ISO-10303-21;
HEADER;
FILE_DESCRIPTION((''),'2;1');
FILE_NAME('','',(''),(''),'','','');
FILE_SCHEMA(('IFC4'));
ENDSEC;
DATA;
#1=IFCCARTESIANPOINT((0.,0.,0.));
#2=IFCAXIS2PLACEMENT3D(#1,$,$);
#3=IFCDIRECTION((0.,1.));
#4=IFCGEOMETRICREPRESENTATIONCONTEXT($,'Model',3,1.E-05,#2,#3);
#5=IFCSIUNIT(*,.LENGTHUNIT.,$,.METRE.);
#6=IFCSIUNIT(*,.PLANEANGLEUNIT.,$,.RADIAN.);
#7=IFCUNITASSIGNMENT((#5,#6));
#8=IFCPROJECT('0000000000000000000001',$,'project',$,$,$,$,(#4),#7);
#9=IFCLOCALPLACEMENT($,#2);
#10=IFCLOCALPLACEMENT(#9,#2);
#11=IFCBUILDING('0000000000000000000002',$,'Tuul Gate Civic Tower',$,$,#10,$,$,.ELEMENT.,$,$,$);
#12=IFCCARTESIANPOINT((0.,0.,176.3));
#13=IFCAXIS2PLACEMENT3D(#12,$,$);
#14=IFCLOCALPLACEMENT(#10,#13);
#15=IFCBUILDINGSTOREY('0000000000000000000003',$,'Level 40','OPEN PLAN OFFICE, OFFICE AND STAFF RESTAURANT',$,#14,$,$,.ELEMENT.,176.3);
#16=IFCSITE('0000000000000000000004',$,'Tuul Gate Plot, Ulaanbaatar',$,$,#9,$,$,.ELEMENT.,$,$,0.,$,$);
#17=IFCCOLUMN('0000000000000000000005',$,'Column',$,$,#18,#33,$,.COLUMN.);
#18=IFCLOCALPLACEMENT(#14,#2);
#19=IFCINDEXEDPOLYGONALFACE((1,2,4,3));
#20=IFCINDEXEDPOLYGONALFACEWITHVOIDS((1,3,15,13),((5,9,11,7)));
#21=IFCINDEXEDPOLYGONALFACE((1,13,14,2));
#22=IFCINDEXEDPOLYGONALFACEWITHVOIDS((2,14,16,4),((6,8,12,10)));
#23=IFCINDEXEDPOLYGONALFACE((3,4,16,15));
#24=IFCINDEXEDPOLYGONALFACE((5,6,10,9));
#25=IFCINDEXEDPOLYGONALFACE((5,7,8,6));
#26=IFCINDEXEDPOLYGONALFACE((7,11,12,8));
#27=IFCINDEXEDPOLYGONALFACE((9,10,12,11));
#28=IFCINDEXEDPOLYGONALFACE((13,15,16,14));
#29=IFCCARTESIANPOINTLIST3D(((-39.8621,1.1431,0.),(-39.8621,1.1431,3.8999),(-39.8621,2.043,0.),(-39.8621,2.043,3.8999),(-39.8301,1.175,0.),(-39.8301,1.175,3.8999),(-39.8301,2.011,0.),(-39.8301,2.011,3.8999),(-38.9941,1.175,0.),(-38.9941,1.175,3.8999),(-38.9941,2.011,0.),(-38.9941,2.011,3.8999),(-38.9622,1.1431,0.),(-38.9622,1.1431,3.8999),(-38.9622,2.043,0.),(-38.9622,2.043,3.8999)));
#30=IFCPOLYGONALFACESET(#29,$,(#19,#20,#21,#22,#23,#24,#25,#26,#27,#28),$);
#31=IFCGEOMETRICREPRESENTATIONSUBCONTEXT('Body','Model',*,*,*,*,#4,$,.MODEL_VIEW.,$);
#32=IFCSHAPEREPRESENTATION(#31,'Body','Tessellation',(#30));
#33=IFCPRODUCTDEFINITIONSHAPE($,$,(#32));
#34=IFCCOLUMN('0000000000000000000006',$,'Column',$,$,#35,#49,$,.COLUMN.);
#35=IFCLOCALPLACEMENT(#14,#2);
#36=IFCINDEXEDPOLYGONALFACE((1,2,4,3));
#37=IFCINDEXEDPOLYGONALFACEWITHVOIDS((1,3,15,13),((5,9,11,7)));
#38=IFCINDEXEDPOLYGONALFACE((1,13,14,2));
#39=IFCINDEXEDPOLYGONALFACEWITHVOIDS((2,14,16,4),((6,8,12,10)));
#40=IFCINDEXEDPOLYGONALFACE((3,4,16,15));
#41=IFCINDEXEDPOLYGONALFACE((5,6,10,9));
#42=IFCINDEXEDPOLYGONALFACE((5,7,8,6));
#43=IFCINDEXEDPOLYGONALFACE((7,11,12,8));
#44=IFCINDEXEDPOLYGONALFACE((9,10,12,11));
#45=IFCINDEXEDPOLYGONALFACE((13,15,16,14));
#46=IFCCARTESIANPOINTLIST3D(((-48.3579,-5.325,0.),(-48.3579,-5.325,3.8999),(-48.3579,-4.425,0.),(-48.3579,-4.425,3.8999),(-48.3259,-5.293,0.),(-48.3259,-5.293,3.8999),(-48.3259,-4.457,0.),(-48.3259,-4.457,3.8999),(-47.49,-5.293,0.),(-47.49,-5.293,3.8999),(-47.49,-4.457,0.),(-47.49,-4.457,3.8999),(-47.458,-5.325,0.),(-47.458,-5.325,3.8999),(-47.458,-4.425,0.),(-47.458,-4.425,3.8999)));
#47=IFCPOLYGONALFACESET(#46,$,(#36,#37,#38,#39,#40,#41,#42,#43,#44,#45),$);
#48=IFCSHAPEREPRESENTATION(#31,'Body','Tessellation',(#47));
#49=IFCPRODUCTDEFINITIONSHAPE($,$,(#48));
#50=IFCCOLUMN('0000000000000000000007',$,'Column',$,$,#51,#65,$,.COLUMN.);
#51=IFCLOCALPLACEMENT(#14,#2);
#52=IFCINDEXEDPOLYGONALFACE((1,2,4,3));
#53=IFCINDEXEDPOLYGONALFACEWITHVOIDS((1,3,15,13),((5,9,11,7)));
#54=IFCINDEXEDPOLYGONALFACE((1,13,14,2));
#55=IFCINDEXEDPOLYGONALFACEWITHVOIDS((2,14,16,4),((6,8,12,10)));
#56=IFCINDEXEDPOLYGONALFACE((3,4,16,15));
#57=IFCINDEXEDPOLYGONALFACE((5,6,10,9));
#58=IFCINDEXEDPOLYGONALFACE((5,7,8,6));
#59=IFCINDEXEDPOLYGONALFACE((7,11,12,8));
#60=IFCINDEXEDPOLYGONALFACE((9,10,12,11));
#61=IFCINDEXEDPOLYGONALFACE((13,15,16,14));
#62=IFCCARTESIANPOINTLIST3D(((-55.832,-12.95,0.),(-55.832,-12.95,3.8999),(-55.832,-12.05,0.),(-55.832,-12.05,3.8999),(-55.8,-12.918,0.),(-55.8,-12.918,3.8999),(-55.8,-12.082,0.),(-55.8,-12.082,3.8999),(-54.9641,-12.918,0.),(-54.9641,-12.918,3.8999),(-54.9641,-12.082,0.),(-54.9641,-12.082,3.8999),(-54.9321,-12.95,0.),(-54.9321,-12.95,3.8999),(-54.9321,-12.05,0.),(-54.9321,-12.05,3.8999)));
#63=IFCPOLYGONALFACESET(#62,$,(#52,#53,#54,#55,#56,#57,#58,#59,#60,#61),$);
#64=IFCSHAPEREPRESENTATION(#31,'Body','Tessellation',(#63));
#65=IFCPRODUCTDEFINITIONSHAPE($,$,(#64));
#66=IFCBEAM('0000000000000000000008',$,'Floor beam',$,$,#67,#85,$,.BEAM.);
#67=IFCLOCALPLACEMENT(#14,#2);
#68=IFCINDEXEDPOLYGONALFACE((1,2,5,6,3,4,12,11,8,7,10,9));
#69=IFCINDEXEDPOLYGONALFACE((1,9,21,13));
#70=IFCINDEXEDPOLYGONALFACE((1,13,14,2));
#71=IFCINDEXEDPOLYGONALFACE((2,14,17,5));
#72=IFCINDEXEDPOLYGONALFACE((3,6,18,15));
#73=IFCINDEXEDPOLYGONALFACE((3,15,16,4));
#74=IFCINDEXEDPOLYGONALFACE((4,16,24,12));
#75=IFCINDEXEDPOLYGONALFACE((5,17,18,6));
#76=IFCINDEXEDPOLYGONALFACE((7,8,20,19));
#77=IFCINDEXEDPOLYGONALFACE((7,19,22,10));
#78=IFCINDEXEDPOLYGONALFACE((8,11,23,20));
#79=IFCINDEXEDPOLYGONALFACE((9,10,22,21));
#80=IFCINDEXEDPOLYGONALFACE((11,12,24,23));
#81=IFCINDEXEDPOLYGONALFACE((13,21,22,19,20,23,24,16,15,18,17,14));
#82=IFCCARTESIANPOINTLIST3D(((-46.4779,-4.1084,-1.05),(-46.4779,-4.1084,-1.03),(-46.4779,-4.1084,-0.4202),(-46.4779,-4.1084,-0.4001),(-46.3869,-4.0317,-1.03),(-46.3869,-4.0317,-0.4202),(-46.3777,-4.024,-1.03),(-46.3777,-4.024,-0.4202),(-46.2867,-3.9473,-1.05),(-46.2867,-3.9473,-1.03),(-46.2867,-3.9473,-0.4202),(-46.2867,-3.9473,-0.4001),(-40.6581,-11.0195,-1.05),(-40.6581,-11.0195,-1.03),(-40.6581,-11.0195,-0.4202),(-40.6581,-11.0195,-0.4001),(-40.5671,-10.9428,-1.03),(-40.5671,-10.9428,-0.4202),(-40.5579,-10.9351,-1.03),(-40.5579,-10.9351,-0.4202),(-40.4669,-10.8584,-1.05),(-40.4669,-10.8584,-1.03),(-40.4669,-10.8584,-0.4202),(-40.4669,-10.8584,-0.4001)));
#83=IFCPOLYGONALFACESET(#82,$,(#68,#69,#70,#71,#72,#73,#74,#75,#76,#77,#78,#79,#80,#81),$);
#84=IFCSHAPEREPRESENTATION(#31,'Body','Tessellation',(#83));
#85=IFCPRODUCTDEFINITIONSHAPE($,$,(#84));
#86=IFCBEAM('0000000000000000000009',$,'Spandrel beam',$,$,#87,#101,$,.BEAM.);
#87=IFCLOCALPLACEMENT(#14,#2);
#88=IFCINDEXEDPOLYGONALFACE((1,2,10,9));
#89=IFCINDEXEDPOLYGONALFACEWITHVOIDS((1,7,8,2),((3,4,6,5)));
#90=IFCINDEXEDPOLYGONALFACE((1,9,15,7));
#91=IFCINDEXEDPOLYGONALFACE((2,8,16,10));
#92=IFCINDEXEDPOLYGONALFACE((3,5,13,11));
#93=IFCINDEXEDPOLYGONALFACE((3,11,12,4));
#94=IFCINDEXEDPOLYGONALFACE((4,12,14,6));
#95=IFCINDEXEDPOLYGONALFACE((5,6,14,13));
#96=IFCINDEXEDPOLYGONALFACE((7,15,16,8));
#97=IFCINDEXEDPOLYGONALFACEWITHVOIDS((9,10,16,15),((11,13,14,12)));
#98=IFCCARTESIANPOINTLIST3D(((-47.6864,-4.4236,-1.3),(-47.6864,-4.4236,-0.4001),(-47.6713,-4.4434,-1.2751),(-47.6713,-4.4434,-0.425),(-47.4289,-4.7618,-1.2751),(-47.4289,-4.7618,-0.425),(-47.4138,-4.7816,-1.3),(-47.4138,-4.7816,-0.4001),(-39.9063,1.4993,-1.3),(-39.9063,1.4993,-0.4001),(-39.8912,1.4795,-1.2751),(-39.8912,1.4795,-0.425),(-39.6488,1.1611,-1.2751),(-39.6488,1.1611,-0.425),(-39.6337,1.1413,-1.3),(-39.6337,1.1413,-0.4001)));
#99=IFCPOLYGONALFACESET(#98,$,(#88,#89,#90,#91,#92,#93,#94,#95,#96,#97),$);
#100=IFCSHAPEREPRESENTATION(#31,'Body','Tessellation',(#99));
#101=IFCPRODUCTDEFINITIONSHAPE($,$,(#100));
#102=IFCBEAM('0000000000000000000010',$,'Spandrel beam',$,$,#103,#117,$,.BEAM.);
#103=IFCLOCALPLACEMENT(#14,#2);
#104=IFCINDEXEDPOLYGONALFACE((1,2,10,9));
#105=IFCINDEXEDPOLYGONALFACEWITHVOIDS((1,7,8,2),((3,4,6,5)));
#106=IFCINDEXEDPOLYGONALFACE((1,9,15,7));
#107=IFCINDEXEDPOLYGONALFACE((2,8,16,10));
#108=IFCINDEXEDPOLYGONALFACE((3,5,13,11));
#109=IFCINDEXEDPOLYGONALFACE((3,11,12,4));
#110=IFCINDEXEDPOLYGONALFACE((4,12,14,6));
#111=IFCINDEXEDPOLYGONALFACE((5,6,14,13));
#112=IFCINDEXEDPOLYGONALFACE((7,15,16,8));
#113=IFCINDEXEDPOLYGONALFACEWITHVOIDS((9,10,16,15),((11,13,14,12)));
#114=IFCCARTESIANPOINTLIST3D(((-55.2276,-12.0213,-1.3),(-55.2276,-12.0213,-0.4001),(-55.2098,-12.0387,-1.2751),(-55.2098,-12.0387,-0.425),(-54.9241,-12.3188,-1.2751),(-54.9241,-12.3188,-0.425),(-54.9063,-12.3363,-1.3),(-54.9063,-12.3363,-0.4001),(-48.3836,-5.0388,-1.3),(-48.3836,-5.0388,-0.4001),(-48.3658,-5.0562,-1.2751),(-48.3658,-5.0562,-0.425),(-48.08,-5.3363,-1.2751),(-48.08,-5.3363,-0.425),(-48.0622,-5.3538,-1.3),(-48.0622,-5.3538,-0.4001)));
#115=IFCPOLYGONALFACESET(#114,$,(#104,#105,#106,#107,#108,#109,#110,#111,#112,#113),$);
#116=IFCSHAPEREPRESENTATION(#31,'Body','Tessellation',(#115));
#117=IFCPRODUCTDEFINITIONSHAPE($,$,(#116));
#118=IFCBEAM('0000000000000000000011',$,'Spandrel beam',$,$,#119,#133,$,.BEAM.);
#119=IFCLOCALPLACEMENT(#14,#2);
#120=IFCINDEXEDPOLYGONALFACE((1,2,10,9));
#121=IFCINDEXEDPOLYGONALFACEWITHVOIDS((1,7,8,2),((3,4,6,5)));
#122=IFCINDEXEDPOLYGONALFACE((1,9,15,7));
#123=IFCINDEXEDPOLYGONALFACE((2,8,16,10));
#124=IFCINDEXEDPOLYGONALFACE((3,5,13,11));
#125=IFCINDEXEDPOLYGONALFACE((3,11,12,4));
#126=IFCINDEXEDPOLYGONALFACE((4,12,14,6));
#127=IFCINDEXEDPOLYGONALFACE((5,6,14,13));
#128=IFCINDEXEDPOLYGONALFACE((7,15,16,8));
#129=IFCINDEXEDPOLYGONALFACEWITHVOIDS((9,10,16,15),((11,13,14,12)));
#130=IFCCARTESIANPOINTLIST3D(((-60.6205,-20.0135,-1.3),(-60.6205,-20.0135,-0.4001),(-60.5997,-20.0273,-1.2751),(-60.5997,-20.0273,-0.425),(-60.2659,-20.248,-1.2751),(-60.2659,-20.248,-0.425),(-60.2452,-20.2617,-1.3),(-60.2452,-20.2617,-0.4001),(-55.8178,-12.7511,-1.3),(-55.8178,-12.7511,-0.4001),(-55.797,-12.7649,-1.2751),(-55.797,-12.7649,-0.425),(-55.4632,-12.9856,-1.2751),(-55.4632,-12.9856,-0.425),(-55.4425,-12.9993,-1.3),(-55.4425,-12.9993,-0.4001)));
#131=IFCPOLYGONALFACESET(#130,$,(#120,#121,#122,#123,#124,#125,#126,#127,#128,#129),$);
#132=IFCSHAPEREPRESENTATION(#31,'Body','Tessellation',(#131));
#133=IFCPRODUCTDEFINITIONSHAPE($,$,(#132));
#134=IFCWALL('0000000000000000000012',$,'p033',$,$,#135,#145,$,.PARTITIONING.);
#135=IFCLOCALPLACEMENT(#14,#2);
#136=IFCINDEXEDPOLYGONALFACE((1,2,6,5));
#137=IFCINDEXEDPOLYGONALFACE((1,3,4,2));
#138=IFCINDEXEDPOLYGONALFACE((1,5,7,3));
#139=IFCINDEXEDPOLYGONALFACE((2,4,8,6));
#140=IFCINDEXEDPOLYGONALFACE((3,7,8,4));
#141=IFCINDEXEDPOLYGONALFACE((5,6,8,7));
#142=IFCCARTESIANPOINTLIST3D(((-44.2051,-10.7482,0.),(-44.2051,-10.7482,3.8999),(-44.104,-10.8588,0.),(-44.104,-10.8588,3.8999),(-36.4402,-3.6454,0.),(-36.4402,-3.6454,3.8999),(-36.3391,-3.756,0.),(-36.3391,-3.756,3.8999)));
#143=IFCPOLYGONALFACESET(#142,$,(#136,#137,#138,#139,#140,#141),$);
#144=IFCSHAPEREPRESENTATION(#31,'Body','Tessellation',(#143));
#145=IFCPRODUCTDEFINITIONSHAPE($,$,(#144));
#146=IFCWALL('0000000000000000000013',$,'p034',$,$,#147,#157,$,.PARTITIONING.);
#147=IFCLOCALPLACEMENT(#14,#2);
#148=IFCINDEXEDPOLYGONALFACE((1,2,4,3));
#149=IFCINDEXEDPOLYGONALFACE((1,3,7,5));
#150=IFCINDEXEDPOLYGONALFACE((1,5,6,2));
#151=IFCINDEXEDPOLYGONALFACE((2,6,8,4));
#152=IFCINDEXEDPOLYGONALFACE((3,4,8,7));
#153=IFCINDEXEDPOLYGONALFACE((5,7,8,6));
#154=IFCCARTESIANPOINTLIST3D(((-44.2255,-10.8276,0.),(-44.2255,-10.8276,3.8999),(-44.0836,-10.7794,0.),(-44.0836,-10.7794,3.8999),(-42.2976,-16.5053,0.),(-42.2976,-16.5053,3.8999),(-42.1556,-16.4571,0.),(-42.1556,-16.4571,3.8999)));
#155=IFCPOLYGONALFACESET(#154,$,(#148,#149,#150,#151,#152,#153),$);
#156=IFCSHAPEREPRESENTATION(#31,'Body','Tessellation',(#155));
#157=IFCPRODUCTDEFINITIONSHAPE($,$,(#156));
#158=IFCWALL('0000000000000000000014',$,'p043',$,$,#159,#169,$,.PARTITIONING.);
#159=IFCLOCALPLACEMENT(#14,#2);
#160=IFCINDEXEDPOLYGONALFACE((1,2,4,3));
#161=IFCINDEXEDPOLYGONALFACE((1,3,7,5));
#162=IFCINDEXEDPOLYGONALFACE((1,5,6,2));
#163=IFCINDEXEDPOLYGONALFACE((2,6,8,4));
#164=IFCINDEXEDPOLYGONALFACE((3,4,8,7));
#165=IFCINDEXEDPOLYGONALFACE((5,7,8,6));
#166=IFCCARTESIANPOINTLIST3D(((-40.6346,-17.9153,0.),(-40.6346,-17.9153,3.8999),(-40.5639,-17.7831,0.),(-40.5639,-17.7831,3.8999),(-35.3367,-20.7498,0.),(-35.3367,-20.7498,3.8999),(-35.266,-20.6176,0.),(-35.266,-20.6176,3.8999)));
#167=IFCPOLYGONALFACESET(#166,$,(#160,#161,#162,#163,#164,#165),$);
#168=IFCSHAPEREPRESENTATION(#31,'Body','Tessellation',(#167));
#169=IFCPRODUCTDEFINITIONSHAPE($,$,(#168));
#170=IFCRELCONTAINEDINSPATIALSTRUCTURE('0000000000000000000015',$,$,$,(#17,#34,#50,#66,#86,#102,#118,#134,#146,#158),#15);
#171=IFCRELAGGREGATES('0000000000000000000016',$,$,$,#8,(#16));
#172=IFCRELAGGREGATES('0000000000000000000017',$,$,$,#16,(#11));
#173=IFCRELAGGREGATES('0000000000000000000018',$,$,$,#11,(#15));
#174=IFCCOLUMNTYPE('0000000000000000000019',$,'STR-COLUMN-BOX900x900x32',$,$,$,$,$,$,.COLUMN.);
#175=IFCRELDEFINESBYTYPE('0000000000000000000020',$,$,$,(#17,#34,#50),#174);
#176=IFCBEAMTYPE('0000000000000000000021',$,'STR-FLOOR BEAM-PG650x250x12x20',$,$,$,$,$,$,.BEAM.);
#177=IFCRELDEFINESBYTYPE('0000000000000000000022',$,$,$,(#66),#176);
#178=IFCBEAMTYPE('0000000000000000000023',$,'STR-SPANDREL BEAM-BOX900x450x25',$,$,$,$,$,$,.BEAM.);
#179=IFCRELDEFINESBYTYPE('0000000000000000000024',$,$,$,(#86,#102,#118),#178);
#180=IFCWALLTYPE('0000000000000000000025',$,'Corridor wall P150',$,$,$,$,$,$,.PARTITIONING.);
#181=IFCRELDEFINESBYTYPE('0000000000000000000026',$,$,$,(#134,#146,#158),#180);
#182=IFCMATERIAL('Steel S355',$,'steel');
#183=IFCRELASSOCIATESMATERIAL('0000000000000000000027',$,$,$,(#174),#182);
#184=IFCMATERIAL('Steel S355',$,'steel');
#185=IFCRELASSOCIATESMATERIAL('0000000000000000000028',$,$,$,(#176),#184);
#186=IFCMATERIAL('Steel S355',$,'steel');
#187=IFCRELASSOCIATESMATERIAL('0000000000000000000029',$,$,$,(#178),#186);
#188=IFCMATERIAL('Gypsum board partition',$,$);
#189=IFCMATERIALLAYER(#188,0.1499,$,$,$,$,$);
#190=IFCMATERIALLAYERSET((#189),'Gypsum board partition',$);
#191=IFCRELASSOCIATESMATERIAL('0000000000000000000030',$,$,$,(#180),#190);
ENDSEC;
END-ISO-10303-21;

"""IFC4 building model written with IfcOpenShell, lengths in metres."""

from ifc_helpers import new_model, si_unit, direction, frame, frame_2d, origin, origin_2d, place, context, subcontext, project, spatial, rectangle, hollow_rectangle, i_section, extrude, material, layer, layer_set, material_profile, profile_set, type_object, element, save


model = new_model("IFC4")

# Units and contexts
model_context = context("Model", 3, precision=1e-05, world=origin(), true_north=direction((0.0, 1.0)))
body_context = subcontext(model_context, "Body", "Model", "MODEL_VIEW")
ifc_project = project(units=[si_unit("LENGTHUNIT", "METRE"), si_unit("PLANEANGLEUNIT", "RADIAN")], contexts=[model_context])

# Site, building, storey
site_placement = place(None, origin())
site = spatial("IfcSite", under=ifc_project, at=site_placement, Name="Tuul Gate Plot, Ulaanbaatar", CompositionType="ELEMENT", RefElevation=0.0)
building_placement = place(site_placement, origin())
building = spatial("IfcBuilding", under=site, at=building_placement, Name="Tuul Gate Civic Tower", CompositionType="ELEMENT")
storey_placement = place(building_placement, frame((0.0, 0.0, 176.3)))
storey = spatial("IfcBuildingStorey", under=building, at=storey_placement, Name="Level 40", Description="OPEN PLAN OFFICE, OFFICE AND STAFF RESTAURANT", CompositionType="ELEMENT", Elevation=176.3)

# Columns
ifc_material_1 = material(Name="Steel S355", Category="steel")
ifc_material_profile_1 = material_profile(ifc_material_1, hollow_rectangle(XDim=0.8999, YDim=0.8999, WallThickness=0.032, at=origin_2d()), Name="BOX900x900x32")
ifc_profile_set_1 = profile_set([ifc_material_profile_1], Name="Steel S355")
column_type = type_object("IfcColumnType", Name="STR-COLUMN-BOX900x900x32", PredefinedType="COLUMN", material=ifc_profile_set_1)
for number, where, z_axis, x_axis, name in (
    (1, (-39.4121, 1.593, 0.0), (0.0, 0.0, 1.0), (1.0, 0.0, 0.0), "Column"),
    (2, (-47.908, -4.875, 0.0), (0.0, 0.0, 1.0), (1.0, 0.0, 0.0), "Column"),
    (3, (-55.3821, -12.5, 0.0), (0.0, 0.0, 1.0), (1.0, 0.0, 0.0), "Column"),
):
    element("IfcColumn", number, at=place(storey_placement, frame(where, z_axis=z_axis, x_axis=x_axis)), inside=storey, type_object=column_type, Name=name, PredefinedType="COLUMN", context=body_context, shape_type="SweptSolid", body=[
        extrude(hollow_rectangle(XDim=0.8999, YDim=0.8999, WallThickness=0.032, at=origin_2d()), origin(), (0.0, 0.0, 1.0), 3.8999),
    ])

# Beams
ifc_material_2 = material(Name="Steel S355", Category="steel")
ifc_material_profile_2 = material_profile(ifc_material_2, i_section(OverallWidth=0.25, OverallDepth=0.6499, WebThickness=0.012, FlangeThickness=0.02, at=origin_2d()), Name="PG650x250x12x20")
ifc_profile_set_2 = profile_set([ifc_material_profile_2], Name="Steel S355")
beam_type_1 = type_object("IfcBeamType", Name="STR-FLOOR BEAM-PG650x250x12x20", PredefinedType="BEAM", material=ifc_profile_set_2)
beam_1_placement = place(storey_placement, frame((-40.5625, -10.939, -0.7251), z_axis=(-0.644131, 0.764915, 0.0), x_axis=(-0.764915, -0.644131, 0.0)))
element("IfcBeam", 4, at=beam_1_placement, inside=storey, type_object=beam_type_1, Name="Floor beam", PredefinedType="BEAM", context=body_context, shape_type="SweptSolid", body=[
    extrude(i_section(OverallWidth=0.25, OverallDepth=0.6499, WebThickness=0.012, FlangeThickness=0.02, at=origin_2d()), origin(), (0.0, 0.0, 1.0), 9.0352),
])
ifc_material_3 = material(Name="Steel S355", Category="steel")
ifc_material_profile_3 = material_profile(ifc_material_3, hollow_rectangle(XDim=0.45, YDim=0.8999, WallThickness=0.0249, at=origin_2d()), Name="BOX900x450x25")
ifc_profile_set_3 = profile_set([ifc_material_profile_3], Name="Steel S355")
beam_type_2 = type_object("IfcBeamType", Name="STR-SPANDREL BEAM-BOX900x450x25", PredefinedType="BEAM", material=ifc_profile_set_3)
beam_2_placement = place(storey_placement, frame((-39.77, 1.3203, -0.8501), z_axis=(-0.795668, -0.605733, 0.0), x_axis=(0.605733, -0.795668, 0.0)))
element("IfcBeam", 5, at=beam_2_placement, inside=storey, type_object=beam_type_2, Name="Spandrel beam", PredefinedType="BEAM", context=body_context, shape_type="SweptSolid", body=[
    extrude(hollow_rectangle(XDim=0.45, YDim=0.8999, WallThickness=0.0249, at=origin_2d()), origin(), (0.0, 0.0, 1.0), 9.7781),
])
beam_3_placement = place(storey_placement, frame((-48.2229, -5.1963, -0.8501), z_axis=(-0.699992, -0.71415, 0.0), x_axis=(0.71415, -0.699992, 0.0)))
element("IfcBeam", 6, at=beam_3_placement, inside=storey, type_object=beam_type_2, Name="Spandrel beam", PredefinedType="BEAM", context=body_context, shape_type="SweptSolid", body=[
    extrude(hollow_rectangle(XDim=0.45, YDim=0.8999, WallThickness=0.0249, at=origin_2d()), origin(), (0.0, 0.0, 1.0), 9.7773),
])
beam_4_placement = place(storey_placement, frame((-55.6301, -12.8752, -0.8501), z_axis=(-0.551603, -0.834107, 0.0), x_axis=(0.834107, -0.551603, 0.0)))
element("IfcBeam", 7, at=beam_4_placement, inside=storey, type_object=beam_type_2, Name="Spandrel beam", PredefinedType="BEAM", context=body_context, shape_type="SweptSolid", body=[
    extrude(hollow_rectangle(XDim=0.45, YDim=0.8999, WallThickness=0.0249, at=origin_2d()), origin(), (0.0, 0.0, 1.0), 8.7068),
])

# Walls
ifc_material_4 = material(Name="Gypsum board partition")
ifc_layer_1 = layer(ifc_material_4, 0.1499)
ifc_layer_set_1 = layer_set([ifc_layer_1], Name="Gypsum board partition")
wall_type_1 = type_object("IfcWallType", Name="Corridor wall P150", PredefinedType="PARTITIONING", material=ifc_layer_set_1)
wall_1_placement = place(storey_placement, frame((-44.1545, -10.8035, 0.0), z_axis=(0.0, 0.0, 1.0), x_axis=(0.737865, 0.674948, 0.0)))
element("IfcWall", 8, at=wall_1_placement, inside=storey, type_object=wall_type_1, Name="p033", PredefinedType="PARTITIONING", context=body_context, shape_type="SweptSolid", body=[
    extrude(rectangle(XDim=10.5234, YDim=0.1499, at=frame_2d((5.2617, 0.0))), origin(), (0.0, 0.0, 1.0), 3.8999),
])
wall_2_placement = place(storey_placement, frame((-44.1545, -10.8035, 0.0), z_axis=(0.0, 0.0, 1.0), x_axis=(0.321536, -0.946897, 0.0)))
element("IfcWall", 9, at=wall_2_placement, inside=storey, type_object=wall_type_1, Name="p034", PredefinedType="PARTITIONING", context=body_context, shape_type="SweptSolid", body=[
    extrude(rectangle(XDim=5.9961, YDim=0.1499, at=frame_2d((2.998, 0.0))), origin(), (0.0, 0.0, 1.0), 3.8999),
])
wall_3_placement = place(storey_placement, frame((-40.5994, -17.8491, 0.0), z_axis=(0.0, 0.0, 1.0), x_axis=(0.881734, -0.471748, 0.0)))
element("IfcWall", 10, at=wall_3_placement, inside=storey, type_object=wall_type_1, Name="p043", PredefinedType="PARTITIONING", context=body_context, shape_type="SweptSolid", body=[
    extrude(rectangle(XDim=6.0085, YDim=0.1499, at=frame_2d((3.0044, 0.0))), origin(), (0.0, 0.0, 1.0), 3.8999),
])

save(model, "model.ifc")
